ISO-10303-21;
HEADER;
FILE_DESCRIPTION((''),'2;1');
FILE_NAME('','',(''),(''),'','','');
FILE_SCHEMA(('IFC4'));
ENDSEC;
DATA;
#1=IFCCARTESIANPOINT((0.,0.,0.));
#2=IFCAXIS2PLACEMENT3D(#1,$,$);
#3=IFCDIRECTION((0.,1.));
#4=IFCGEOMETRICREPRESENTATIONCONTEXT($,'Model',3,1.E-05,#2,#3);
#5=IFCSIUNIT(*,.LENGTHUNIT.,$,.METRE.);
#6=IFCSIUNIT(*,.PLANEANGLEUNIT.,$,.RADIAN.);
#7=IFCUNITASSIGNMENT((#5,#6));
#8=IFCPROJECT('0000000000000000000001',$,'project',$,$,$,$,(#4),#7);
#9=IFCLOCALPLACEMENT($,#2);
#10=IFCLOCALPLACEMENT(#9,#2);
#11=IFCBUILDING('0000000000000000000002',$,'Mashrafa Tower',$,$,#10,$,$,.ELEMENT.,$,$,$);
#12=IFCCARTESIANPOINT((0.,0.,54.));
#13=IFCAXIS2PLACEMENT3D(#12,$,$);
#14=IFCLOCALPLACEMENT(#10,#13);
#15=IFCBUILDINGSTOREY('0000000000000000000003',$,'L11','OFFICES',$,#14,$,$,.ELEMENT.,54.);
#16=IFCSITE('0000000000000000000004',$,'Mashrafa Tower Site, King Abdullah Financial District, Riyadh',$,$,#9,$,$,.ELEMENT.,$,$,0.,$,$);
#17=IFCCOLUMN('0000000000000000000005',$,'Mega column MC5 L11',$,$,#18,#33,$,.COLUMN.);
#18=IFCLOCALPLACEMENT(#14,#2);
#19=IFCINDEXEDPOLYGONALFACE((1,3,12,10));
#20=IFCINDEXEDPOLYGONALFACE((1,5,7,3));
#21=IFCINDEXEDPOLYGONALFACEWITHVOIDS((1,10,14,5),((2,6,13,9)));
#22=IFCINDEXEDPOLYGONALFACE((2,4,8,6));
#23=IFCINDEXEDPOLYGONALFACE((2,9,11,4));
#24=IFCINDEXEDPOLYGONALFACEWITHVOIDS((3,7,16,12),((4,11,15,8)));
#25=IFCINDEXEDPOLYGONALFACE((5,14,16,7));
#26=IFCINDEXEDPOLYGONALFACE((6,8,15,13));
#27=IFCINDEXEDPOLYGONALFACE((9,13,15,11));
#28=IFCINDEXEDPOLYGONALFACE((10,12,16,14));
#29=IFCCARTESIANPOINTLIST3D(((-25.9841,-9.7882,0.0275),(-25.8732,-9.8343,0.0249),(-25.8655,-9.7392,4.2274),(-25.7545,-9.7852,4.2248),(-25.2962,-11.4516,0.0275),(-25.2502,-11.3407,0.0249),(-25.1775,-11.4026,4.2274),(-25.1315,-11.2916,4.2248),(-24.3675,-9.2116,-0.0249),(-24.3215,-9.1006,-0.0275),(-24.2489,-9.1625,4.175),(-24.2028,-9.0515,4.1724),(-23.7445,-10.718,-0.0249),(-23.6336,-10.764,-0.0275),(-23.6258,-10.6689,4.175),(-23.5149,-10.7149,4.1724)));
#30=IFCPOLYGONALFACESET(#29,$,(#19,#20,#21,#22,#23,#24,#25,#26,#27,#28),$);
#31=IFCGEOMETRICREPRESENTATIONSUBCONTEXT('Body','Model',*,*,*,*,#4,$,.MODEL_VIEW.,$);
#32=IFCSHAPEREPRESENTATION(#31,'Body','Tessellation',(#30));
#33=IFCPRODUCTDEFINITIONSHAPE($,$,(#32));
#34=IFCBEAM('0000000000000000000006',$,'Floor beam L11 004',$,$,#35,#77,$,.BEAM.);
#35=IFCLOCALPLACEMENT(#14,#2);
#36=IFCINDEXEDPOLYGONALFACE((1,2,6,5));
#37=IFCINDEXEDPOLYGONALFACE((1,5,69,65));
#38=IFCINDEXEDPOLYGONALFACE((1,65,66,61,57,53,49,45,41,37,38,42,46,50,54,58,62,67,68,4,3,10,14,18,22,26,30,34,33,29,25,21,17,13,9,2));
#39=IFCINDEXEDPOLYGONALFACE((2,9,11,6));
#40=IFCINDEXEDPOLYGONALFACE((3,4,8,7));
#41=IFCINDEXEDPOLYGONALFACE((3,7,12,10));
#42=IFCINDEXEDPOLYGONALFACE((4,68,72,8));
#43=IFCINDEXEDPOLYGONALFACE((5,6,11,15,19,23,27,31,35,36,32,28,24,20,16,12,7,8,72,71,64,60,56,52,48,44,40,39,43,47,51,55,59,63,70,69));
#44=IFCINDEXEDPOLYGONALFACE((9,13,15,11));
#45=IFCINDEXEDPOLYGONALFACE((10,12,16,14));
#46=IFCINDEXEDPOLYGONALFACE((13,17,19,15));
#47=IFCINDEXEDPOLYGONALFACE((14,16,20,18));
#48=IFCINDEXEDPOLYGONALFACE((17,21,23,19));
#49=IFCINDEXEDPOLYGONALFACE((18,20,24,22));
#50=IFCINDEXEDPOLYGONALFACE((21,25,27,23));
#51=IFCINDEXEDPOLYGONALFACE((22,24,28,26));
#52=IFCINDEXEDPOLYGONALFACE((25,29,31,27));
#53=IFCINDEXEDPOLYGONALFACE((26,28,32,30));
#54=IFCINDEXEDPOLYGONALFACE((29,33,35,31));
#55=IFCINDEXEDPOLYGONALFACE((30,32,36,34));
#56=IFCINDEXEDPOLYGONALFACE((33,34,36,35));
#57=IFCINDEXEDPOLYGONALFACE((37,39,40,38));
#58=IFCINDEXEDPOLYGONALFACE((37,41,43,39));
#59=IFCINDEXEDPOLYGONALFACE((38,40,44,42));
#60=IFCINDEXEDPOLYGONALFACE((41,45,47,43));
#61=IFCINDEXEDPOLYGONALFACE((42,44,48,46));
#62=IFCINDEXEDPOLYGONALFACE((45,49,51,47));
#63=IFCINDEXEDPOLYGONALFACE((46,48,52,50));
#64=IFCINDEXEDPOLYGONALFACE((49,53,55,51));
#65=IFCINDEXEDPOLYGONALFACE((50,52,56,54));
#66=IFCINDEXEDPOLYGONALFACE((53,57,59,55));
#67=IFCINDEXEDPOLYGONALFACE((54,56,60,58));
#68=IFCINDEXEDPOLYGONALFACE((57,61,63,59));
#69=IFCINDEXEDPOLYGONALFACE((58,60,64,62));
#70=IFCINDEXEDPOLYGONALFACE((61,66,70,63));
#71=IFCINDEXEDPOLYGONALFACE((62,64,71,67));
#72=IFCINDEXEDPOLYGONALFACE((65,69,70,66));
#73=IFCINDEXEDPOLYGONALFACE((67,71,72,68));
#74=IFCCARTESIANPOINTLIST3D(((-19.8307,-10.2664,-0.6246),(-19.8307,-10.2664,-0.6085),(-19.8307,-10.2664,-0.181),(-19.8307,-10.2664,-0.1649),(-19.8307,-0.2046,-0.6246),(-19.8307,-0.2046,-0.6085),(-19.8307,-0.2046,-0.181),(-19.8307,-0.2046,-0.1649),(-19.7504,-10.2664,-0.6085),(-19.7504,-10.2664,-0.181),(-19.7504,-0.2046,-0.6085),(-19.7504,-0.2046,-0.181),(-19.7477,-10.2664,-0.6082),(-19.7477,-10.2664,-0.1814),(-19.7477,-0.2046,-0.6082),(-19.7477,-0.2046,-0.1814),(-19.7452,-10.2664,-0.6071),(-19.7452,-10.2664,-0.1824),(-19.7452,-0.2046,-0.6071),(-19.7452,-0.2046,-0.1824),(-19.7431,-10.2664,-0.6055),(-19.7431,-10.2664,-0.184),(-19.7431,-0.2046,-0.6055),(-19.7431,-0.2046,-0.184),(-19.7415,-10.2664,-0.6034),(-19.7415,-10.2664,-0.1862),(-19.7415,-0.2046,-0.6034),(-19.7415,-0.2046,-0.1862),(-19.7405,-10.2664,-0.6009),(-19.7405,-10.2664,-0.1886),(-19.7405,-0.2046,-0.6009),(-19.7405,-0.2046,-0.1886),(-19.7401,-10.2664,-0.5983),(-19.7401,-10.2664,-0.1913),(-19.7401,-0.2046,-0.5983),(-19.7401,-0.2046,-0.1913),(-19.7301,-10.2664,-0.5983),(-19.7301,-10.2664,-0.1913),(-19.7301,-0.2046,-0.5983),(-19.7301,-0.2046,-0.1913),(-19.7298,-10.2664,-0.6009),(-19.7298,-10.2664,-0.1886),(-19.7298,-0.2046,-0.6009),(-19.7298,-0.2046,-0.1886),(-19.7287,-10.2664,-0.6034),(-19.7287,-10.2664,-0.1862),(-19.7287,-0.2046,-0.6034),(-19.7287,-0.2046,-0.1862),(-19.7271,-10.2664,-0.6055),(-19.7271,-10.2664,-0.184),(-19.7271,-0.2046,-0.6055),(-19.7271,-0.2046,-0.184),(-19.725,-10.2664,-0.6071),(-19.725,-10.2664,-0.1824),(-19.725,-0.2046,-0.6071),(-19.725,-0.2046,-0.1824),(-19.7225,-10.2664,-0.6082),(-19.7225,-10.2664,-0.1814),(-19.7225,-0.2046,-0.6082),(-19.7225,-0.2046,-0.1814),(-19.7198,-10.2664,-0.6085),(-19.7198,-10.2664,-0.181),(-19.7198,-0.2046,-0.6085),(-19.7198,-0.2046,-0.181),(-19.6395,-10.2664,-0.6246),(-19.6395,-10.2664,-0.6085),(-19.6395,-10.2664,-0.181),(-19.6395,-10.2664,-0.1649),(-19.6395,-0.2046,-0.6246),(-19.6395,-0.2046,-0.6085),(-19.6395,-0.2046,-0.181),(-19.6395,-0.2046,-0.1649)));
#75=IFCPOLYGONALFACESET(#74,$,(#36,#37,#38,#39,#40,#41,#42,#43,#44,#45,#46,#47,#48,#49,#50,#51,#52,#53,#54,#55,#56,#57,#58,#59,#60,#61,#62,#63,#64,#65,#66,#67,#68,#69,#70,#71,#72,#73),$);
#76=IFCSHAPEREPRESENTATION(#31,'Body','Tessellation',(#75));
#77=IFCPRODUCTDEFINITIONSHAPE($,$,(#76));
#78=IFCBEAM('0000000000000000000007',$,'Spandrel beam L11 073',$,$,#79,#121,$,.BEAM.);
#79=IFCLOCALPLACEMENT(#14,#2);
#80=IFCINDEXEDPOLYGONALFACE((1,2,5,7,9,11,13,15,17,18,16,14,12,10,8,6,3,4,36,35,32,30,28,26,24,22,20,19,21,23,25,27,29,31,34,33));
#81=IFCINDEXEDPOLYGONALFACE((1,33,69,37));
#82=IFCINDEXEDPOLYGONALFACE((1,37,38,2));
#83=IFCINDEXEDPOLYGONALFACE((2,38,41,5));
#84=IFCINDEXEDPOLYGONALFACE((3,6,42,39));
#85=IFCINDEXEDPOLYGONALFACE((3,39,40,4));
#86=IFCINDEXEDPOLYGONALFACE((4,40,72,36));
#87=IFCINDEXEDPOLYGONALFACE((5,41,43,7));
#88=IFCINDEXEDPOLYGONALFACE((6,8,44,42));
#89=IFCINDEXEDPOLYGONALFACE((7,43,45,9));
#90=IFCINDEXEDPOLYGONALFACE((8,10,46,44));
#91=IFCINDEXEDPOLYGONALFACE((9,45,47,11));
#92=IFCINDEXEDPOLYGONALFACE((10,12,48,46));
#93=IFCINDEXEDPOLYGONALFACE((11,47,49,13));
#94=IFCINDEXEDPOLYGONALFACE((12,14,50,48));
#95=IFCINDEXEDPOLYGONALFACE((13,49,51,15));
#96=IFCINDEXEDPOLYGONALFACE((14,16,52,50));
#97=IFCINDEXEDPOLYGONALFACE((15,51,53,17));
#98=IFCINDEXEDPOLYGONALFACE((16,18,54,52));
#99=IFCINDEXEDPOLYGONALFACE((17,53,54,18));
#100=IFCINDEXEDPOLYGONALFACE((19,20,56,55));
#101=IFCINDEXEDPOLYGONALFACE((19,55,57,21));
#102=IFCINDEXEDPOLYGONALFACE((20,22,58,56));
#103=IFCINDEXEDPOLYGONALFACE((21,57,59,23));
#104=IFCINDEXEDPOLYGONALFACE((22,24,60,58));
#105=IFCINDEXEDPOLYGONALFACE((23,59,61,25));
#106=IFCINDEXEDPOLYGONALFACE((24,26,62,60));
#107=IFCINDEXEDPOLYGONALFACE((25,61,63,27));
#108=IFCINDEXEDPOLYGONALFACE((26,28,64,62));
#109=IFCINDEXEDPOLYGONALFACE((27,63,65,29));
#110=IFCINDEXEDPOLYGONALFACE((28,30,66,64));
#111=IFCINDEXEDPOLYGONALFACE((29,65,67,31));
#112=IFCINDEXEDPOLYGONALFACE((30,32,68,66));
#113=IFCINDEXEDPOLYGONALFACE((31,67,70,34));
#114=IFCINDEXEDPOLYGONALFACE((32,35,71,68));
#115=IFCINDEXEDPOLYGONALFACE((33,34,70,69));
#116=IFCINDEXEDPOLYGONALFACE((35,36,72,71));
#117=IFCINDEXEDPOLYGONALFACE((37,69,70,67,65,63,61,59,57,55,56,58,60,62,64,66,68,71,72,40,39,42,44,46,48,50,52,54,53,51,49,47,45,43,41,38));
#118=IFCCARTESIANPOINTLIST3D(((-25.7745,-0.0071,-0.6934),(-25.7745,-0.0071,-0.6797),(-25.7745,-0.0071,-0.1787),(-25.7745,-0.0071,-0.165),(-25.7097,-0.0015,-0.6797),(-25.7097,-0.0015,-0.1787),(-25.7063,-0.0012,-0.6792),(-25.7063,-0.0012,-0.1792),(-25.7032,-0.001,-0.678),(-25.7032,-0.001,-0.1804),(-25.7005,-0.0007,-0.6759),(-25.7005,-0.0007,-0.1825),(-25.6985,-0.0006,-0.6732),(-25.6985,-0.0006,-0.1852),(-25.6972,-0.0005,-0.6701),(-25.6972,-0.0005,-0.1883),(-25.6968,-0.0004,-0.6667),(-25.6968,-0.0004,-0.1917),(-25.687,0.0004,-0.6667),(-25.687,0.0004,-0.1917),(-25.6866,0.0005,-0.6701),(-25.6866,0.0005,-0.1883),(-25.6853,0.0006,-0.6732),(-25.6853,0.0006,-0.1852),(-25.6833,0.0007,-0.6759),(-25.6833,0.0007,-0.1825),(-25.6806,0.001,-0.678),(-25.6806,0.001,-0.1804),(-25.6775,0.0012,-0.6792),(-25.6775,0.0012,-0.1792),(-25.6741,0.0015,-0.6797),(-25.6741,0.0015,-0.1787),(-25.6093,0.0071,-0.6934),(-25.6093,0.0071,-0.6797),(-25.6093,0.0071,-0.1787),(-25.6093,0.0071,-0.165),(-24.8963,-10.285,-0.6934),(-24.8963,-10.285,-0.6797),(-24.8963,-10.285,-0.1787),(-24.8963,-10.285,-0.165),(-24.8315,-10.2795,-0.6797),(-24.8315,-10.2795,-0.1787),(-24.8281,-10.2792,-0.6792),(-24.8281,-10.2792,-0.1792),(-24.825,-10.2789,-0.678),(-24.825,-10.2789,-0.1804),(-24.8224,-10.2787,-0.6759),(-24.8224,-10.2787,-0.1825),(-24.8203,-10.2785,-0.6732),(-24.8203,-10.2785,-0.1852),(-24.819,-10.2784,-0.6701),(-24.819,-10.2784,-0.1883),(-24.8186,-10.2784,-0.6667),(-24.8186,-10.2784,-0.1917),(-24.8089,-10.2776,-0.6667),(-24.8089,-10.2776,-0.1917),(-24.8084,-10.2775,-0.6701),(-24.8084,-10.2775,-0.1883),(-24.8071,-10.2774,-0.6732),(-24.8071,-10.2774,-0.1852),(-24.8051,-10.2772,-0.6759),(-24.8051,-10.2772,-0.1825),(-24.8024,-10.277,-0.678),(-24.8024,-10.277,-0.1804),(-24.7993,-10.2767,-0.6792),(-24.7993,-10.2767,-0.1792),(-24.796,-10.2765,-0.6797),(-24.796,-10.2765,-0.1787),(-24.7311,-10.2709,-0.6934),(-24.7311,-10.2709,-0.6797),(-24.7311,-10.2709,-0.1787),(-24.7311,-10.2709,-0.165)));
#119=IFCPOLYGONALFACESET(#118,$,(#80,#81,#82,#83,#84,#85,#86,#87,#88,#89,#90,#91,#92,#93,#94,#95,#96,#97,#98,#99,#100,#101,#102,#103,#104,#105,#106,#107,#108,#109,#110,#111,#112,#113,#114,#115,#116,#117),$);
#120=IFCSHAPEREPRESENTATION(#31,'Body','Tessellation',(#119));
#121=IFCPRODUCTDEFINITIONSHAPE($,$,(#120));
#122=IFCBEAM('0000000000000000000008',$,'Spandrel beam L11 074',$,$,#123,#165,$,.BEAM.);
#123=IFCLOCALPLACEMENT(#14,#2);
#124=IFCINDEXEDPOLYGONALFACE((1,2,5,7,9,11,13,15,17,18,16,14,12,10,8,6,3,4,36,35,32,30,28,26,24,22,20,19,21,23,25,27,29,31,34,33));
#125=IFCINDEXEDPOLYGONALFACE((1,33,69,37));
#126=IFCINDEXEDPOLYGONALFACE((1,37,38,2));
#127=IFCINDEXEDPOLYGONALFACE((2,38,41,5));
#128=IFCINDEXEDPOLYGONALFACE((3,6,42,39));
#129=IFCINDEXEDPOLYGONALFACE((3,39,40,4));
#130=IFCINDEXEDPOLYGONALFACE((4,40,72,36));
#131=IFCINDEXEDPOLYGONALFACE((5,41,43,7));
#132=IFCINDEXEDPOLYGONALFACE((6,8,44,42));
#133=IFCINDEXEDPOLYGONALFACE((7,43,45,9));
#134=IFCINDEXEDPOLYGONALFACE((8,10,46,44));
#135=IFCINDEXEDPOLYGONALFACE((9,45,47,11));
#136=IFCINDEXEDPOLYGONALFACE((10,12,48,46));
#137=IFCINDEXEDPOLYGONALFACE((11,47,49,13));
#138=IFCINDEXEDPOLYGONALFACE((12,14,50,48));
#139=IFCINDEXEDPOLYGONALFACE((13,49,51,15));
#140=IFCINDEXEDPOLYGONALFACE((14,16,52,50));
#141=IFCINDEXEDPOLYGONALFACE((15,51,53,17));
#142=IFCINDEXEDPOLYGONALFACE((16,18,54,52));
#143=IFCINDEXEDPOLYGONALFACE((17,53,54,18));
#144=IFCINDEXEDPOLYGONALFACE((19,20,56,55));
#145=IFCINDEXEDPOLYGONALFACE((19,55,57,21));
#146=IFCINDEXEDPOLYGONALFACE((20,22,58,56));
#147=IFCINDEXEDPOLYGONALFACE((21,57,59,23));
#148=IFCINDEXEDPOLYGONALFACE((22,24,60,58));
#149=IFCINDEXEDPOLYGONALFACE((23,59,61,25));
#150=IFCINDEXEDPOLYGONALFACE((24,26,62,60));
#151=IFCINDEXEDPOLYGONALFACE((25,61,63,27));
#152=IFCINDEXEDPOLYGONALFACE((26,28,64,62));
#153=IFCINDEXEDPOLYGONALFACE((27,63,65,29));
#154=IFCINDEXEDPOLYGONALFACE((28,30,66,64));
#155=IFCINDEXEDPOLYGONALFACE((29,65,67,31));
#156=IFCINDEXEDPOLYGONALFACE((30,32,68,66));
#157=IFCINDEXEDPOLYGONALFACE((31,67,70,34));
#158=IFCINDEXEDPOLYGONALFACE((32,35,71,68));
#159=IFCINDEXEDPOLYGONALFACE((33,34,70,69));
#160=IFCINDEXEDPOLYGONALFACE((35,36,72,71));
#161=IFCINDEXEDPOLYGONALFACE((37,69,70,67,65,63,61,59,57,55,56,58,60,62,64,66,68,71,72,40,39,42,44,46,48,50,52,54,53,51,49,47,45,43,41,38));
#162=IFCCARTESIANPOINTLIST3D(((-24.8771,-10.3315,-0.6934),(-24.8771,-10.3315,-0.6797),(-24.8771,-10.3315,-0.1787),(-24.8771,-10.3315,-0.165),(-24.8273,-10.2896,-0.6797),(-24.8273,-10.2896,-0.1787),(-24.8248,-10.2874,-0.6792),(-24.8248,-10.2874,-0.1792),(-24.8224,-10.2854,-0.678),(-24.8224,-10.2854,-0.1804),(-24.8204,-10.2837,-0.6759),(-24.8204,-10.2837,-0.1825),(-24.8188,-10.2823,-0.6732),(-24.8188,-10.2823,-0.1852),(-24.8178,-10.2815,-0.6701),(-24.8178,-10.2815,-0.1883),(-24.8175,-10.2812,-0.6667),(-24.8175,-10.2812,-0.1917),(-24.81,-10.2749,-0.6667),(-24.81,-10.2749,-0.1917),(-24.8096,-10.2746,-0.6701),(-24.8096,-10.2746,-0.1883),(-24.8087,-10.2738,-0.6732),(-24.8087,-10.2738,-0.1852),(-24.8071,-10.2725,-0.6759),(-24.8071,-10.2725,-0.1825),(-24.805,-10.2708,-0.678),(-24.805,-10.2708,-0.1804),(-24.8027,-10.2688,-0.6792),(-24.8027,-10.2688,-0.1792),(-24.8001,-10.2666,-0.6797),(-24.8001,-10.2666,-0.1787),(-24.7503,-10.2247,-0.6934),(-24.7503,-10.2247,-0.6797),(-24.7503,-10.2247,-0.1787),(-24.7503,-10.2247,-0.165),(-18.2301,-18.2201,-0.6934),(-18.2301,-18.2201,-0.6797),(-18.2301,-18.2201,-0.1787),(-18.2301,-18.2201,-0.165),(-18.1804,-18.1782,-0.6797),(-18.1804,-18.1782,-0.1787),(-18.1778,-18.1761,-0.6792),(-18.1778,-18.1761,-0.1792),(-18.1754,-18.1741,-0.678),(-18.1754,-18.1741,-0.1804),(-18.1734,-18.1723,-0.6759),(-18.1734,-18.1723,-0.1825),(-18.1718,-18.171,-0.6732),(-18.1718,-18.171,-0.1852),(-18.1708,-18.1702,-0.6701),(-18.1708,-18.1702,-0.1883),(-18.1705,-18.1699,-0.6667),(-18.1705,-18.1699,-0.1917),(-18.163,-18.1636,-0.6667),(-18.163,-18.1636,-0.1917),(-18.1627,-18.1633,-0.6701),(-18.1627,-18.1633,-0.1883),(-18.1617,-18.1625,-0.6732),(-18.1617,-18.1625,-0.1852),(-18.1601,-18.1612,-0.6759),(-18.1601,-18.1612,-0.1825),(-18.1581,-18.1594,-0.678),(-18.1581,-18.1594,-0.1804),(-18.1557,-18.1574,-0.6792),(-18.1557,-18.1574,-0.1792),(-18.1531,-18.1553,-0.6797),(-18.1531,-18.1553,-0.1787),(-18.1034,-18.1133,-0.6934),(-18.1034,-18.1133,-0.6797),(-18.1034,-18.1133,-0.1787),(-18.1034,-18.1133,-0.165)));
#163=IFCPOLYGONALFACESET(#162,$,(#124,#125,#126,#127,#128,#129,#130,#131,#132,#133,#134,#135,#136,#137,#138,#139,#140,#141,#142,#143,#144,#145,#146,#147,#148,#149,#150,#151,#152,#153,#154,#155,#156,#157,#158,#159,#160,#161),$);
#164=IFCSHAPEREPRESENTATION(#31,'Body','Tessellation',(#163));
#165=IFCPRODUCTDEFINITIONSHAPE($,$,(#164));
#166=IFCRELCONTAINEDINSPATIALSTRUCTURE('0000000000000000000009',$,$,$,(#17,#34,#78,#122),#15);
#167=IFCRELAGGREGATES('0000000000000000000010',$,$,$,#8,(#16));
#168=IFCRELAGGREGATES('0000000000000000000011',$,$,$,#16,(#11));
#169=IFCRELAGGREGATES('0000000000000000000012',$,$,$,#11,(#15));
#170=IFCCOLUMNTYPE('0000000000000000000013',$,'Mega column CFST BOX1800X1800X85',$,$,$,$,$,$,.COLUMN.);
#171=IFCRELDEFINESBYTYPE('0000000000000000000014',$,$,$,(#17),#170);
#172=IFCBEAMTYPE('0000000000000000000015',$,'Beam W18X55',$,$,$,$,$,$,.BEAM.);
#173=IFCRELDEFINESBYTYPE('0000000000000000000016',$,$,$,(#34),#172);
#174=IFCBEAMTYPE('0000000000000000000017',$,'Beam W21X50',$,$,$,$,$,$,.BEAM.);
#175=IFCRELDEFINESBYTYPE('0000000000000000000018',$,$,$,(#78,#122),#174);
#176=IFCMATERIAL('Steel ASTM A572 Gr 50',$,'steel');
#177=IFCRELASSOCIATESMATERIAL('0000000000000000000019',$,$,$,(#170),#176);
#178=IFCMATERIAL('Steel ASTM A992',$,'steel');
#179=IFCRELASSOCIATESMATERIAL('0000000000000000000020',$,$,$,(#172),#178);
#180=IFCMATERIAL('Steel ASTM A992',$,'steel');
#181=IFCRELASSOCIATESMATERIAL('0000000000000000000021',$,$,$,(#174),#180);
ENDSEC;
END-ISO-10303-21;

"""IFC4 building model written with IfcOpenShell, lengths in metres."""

from ifc_helpers import new_model, si_unit, direction, frame, origin, origin_2d, place, context, subcontext, project, spatial, hollow_rectangle, i_section, extrude, material, material_profile, profile_set, type_object, element, save


model = new_model("IFC4")

# Units and contexts
model_context = context("Model", 3, precision=1e-05, world=origin(), true_north=direction((0.0, 1.0)))
body_context = subcontext(model_context, "Body", "Model", "MODEL_VIEW")
ifc_project = project(units=[si_unit("LENGTHUNIT", "METRE"), si_unit("PLANEANGLEUNIT", "RADIAN")], contexts=[model_context])

# Site, building, storey
site_placement = place(None, origin())
site = spatial("IfcSite", under=ifc_project, at=site_placement, Name="Mashrafa Tower Site, King Abdullah Financial District, Riyadh", CompositionType="ELEMENT", RefElevation=0.0)
building_placement = place(site_placement, origin())
building = spatial("IfcBuilding", under=site, at=building_placement, Name="Mashrafa Tower", CompositionType="ELEMENT")
storey_placement = place(building_placement, frame((0.0, 0.0, 54.0)))
storey = spatial("IfcBuildingStorey", under=building, at=storey_placement, Name="L11", Description="OFFICES", CompositionType="ELEMENT", Elevation=54.0)

# Column
ifc_material_1 = material(Name="Steel ASTM A572 Gr 50", Category="steel")
ifc_material_profile_1 = material_profile(ifc_material_1, hollow_rectangle(XDim=1.8, YDim=1.8, WallThickness=0.085, at=origin_2d()), Name="BOX1800X1800X85")
ifc_profile_set_1 = profile_set([ifc_material_profile_1], Name="Steel ASTM A572 Gr 50")
column_type = type_object("IfcColumnType", Name="Mega column CFST BOX1800X1800X85", PredefinedType="COLUMN", material=ifc_profile_set_1)
column_placement = place(storey_placement, frame((-24.8088, -10.2761, 0.0), z_axis=(0.028238, 0.011679, 0.999533), x_axis=(-0.382184, 0.924086, 0.0)))
element("IfcColumn", 1, at=column_placement, inside=storey, type_object=column_type, Name="Mega column MC5 L11", PredefinedType="COLUMN", context=body_context, shape_type="SweptSolid", body=[
    extrude(hollow_rectangle(XDim=1.8, YDim=1.8, WallThickness=0.085, at=origin_2d()), origin(), (0.0, 0.0, 1.0), 4.2019),
])

# Beams
ifc_material_2 = material(Name="Steel ASTM A992", Category="steel")
ifc_material_profile_2 = material_profile(ifc_material_2, i_section(OverallWidth=0.1912, OverallDepth=0.4597, WebThickness=0.01, FlangeThickness=0.0161, FilletRadius=0.0103, at=origin_2d()), Name="W18X55")
ifc_profile_set_2 = profile_set([ifc_material_profile_2], Name="Steel ASTM A992")
beam_type_1 = type_object("IfcBeamType", Name="Beam W18X55", PredefinedType="BEAM", material=ifc_profile_set_2)
beam_1_placement = place(storey_placement, frame((-19.7351, -10.2664, -0.3948), z_axis=(0.0, 1.0, 0.0), x_axis=(-1.0, 0.0, 0.0)))
element("IfcBeam", 2, at=beam_1_placement, inside=storey, type_object=beam_type_1, Name="Floor beam L11 004", PredefinedType="BEAM", context=body_context, shape_type="SweptSolid", body=[
    extrude(i_section(OverallWidth=0.1912, OverallDepth=0.4597, WebThickness=0.01, FlangeThickness=0.0161, FilletRadius=0.0103, at=origin_2d()), origin(), (0.0, 0.0, 1.0), 10.0618),
])
ifc_material_3 = material(Name="Steel ASTM A992", Category="steel")
ifc_material_profile_3 = material_profile(ifc_material_3, i_section(OverallWidth=0.1658, OverallDepth=0.5283, WebThickness=0.0098, FlangeThickness=0.0137, FilletRadius=0.0129, at=origin_2d()), Name="W21X50")
ifc_profile_set_3 = profile_set([ifc_material_profile_3], Name="Steel ASTM A992")
beam_type_2 = type_object("IfcBeamType", Name="Beam W21X50", PredefinedType="BEAM", material=ifc_profile_set_3)
beam_2_placement = place(storey_placement, frame((-25.6919, 0.0, -0.4292), z_axis=(0.085131, -0.99637, 0.0), x_axis=(0.99637, 0.085131, 0.0)))
element("IfcBeam", 3, at=beam_2_placement, inside=storey, type_object=beam_type_2, Name="Spandrel beam L11 073", PredefinedType="BEAM", context=body_context, shape_type="SweptSolid", body=[
    extrude(i_section(OverallWidth=0.1658, OverallDepth=0.5283, WebThickness=0.0098, FlangeThickness=0.0137, FilletRadius=0.0129, at=origin_2d()), origin(), (0.0, 0.0, 1.0), 10.3154),
])
beam_3_placement = place(storey_placement, frame((-24.8137, -10.2781, -0.4292), z_axis=(0.644356, -0.764726, 0.0), x_axis=(0.764726, 0.644356, 0.0)))
element("IfcBeam", 4, at=beam_3_placement, inside=storey, type_object=beam_type_2, Name="Spandrel beam L11 074", PredefinedType="BEAM", context=body_context, shape_type="SweptSolid", body=[
    extrude(i_section(OverallWidth=0.1658, OverallDepth=0.5283, WebThickness=0.0098, FlangeThickness=0.0137, FilletRadius=0.0129, at=origin_2d()), origin(), (0.0, 0.0, 1.0), 10.3157),
])

save(model, "model.ifc")
